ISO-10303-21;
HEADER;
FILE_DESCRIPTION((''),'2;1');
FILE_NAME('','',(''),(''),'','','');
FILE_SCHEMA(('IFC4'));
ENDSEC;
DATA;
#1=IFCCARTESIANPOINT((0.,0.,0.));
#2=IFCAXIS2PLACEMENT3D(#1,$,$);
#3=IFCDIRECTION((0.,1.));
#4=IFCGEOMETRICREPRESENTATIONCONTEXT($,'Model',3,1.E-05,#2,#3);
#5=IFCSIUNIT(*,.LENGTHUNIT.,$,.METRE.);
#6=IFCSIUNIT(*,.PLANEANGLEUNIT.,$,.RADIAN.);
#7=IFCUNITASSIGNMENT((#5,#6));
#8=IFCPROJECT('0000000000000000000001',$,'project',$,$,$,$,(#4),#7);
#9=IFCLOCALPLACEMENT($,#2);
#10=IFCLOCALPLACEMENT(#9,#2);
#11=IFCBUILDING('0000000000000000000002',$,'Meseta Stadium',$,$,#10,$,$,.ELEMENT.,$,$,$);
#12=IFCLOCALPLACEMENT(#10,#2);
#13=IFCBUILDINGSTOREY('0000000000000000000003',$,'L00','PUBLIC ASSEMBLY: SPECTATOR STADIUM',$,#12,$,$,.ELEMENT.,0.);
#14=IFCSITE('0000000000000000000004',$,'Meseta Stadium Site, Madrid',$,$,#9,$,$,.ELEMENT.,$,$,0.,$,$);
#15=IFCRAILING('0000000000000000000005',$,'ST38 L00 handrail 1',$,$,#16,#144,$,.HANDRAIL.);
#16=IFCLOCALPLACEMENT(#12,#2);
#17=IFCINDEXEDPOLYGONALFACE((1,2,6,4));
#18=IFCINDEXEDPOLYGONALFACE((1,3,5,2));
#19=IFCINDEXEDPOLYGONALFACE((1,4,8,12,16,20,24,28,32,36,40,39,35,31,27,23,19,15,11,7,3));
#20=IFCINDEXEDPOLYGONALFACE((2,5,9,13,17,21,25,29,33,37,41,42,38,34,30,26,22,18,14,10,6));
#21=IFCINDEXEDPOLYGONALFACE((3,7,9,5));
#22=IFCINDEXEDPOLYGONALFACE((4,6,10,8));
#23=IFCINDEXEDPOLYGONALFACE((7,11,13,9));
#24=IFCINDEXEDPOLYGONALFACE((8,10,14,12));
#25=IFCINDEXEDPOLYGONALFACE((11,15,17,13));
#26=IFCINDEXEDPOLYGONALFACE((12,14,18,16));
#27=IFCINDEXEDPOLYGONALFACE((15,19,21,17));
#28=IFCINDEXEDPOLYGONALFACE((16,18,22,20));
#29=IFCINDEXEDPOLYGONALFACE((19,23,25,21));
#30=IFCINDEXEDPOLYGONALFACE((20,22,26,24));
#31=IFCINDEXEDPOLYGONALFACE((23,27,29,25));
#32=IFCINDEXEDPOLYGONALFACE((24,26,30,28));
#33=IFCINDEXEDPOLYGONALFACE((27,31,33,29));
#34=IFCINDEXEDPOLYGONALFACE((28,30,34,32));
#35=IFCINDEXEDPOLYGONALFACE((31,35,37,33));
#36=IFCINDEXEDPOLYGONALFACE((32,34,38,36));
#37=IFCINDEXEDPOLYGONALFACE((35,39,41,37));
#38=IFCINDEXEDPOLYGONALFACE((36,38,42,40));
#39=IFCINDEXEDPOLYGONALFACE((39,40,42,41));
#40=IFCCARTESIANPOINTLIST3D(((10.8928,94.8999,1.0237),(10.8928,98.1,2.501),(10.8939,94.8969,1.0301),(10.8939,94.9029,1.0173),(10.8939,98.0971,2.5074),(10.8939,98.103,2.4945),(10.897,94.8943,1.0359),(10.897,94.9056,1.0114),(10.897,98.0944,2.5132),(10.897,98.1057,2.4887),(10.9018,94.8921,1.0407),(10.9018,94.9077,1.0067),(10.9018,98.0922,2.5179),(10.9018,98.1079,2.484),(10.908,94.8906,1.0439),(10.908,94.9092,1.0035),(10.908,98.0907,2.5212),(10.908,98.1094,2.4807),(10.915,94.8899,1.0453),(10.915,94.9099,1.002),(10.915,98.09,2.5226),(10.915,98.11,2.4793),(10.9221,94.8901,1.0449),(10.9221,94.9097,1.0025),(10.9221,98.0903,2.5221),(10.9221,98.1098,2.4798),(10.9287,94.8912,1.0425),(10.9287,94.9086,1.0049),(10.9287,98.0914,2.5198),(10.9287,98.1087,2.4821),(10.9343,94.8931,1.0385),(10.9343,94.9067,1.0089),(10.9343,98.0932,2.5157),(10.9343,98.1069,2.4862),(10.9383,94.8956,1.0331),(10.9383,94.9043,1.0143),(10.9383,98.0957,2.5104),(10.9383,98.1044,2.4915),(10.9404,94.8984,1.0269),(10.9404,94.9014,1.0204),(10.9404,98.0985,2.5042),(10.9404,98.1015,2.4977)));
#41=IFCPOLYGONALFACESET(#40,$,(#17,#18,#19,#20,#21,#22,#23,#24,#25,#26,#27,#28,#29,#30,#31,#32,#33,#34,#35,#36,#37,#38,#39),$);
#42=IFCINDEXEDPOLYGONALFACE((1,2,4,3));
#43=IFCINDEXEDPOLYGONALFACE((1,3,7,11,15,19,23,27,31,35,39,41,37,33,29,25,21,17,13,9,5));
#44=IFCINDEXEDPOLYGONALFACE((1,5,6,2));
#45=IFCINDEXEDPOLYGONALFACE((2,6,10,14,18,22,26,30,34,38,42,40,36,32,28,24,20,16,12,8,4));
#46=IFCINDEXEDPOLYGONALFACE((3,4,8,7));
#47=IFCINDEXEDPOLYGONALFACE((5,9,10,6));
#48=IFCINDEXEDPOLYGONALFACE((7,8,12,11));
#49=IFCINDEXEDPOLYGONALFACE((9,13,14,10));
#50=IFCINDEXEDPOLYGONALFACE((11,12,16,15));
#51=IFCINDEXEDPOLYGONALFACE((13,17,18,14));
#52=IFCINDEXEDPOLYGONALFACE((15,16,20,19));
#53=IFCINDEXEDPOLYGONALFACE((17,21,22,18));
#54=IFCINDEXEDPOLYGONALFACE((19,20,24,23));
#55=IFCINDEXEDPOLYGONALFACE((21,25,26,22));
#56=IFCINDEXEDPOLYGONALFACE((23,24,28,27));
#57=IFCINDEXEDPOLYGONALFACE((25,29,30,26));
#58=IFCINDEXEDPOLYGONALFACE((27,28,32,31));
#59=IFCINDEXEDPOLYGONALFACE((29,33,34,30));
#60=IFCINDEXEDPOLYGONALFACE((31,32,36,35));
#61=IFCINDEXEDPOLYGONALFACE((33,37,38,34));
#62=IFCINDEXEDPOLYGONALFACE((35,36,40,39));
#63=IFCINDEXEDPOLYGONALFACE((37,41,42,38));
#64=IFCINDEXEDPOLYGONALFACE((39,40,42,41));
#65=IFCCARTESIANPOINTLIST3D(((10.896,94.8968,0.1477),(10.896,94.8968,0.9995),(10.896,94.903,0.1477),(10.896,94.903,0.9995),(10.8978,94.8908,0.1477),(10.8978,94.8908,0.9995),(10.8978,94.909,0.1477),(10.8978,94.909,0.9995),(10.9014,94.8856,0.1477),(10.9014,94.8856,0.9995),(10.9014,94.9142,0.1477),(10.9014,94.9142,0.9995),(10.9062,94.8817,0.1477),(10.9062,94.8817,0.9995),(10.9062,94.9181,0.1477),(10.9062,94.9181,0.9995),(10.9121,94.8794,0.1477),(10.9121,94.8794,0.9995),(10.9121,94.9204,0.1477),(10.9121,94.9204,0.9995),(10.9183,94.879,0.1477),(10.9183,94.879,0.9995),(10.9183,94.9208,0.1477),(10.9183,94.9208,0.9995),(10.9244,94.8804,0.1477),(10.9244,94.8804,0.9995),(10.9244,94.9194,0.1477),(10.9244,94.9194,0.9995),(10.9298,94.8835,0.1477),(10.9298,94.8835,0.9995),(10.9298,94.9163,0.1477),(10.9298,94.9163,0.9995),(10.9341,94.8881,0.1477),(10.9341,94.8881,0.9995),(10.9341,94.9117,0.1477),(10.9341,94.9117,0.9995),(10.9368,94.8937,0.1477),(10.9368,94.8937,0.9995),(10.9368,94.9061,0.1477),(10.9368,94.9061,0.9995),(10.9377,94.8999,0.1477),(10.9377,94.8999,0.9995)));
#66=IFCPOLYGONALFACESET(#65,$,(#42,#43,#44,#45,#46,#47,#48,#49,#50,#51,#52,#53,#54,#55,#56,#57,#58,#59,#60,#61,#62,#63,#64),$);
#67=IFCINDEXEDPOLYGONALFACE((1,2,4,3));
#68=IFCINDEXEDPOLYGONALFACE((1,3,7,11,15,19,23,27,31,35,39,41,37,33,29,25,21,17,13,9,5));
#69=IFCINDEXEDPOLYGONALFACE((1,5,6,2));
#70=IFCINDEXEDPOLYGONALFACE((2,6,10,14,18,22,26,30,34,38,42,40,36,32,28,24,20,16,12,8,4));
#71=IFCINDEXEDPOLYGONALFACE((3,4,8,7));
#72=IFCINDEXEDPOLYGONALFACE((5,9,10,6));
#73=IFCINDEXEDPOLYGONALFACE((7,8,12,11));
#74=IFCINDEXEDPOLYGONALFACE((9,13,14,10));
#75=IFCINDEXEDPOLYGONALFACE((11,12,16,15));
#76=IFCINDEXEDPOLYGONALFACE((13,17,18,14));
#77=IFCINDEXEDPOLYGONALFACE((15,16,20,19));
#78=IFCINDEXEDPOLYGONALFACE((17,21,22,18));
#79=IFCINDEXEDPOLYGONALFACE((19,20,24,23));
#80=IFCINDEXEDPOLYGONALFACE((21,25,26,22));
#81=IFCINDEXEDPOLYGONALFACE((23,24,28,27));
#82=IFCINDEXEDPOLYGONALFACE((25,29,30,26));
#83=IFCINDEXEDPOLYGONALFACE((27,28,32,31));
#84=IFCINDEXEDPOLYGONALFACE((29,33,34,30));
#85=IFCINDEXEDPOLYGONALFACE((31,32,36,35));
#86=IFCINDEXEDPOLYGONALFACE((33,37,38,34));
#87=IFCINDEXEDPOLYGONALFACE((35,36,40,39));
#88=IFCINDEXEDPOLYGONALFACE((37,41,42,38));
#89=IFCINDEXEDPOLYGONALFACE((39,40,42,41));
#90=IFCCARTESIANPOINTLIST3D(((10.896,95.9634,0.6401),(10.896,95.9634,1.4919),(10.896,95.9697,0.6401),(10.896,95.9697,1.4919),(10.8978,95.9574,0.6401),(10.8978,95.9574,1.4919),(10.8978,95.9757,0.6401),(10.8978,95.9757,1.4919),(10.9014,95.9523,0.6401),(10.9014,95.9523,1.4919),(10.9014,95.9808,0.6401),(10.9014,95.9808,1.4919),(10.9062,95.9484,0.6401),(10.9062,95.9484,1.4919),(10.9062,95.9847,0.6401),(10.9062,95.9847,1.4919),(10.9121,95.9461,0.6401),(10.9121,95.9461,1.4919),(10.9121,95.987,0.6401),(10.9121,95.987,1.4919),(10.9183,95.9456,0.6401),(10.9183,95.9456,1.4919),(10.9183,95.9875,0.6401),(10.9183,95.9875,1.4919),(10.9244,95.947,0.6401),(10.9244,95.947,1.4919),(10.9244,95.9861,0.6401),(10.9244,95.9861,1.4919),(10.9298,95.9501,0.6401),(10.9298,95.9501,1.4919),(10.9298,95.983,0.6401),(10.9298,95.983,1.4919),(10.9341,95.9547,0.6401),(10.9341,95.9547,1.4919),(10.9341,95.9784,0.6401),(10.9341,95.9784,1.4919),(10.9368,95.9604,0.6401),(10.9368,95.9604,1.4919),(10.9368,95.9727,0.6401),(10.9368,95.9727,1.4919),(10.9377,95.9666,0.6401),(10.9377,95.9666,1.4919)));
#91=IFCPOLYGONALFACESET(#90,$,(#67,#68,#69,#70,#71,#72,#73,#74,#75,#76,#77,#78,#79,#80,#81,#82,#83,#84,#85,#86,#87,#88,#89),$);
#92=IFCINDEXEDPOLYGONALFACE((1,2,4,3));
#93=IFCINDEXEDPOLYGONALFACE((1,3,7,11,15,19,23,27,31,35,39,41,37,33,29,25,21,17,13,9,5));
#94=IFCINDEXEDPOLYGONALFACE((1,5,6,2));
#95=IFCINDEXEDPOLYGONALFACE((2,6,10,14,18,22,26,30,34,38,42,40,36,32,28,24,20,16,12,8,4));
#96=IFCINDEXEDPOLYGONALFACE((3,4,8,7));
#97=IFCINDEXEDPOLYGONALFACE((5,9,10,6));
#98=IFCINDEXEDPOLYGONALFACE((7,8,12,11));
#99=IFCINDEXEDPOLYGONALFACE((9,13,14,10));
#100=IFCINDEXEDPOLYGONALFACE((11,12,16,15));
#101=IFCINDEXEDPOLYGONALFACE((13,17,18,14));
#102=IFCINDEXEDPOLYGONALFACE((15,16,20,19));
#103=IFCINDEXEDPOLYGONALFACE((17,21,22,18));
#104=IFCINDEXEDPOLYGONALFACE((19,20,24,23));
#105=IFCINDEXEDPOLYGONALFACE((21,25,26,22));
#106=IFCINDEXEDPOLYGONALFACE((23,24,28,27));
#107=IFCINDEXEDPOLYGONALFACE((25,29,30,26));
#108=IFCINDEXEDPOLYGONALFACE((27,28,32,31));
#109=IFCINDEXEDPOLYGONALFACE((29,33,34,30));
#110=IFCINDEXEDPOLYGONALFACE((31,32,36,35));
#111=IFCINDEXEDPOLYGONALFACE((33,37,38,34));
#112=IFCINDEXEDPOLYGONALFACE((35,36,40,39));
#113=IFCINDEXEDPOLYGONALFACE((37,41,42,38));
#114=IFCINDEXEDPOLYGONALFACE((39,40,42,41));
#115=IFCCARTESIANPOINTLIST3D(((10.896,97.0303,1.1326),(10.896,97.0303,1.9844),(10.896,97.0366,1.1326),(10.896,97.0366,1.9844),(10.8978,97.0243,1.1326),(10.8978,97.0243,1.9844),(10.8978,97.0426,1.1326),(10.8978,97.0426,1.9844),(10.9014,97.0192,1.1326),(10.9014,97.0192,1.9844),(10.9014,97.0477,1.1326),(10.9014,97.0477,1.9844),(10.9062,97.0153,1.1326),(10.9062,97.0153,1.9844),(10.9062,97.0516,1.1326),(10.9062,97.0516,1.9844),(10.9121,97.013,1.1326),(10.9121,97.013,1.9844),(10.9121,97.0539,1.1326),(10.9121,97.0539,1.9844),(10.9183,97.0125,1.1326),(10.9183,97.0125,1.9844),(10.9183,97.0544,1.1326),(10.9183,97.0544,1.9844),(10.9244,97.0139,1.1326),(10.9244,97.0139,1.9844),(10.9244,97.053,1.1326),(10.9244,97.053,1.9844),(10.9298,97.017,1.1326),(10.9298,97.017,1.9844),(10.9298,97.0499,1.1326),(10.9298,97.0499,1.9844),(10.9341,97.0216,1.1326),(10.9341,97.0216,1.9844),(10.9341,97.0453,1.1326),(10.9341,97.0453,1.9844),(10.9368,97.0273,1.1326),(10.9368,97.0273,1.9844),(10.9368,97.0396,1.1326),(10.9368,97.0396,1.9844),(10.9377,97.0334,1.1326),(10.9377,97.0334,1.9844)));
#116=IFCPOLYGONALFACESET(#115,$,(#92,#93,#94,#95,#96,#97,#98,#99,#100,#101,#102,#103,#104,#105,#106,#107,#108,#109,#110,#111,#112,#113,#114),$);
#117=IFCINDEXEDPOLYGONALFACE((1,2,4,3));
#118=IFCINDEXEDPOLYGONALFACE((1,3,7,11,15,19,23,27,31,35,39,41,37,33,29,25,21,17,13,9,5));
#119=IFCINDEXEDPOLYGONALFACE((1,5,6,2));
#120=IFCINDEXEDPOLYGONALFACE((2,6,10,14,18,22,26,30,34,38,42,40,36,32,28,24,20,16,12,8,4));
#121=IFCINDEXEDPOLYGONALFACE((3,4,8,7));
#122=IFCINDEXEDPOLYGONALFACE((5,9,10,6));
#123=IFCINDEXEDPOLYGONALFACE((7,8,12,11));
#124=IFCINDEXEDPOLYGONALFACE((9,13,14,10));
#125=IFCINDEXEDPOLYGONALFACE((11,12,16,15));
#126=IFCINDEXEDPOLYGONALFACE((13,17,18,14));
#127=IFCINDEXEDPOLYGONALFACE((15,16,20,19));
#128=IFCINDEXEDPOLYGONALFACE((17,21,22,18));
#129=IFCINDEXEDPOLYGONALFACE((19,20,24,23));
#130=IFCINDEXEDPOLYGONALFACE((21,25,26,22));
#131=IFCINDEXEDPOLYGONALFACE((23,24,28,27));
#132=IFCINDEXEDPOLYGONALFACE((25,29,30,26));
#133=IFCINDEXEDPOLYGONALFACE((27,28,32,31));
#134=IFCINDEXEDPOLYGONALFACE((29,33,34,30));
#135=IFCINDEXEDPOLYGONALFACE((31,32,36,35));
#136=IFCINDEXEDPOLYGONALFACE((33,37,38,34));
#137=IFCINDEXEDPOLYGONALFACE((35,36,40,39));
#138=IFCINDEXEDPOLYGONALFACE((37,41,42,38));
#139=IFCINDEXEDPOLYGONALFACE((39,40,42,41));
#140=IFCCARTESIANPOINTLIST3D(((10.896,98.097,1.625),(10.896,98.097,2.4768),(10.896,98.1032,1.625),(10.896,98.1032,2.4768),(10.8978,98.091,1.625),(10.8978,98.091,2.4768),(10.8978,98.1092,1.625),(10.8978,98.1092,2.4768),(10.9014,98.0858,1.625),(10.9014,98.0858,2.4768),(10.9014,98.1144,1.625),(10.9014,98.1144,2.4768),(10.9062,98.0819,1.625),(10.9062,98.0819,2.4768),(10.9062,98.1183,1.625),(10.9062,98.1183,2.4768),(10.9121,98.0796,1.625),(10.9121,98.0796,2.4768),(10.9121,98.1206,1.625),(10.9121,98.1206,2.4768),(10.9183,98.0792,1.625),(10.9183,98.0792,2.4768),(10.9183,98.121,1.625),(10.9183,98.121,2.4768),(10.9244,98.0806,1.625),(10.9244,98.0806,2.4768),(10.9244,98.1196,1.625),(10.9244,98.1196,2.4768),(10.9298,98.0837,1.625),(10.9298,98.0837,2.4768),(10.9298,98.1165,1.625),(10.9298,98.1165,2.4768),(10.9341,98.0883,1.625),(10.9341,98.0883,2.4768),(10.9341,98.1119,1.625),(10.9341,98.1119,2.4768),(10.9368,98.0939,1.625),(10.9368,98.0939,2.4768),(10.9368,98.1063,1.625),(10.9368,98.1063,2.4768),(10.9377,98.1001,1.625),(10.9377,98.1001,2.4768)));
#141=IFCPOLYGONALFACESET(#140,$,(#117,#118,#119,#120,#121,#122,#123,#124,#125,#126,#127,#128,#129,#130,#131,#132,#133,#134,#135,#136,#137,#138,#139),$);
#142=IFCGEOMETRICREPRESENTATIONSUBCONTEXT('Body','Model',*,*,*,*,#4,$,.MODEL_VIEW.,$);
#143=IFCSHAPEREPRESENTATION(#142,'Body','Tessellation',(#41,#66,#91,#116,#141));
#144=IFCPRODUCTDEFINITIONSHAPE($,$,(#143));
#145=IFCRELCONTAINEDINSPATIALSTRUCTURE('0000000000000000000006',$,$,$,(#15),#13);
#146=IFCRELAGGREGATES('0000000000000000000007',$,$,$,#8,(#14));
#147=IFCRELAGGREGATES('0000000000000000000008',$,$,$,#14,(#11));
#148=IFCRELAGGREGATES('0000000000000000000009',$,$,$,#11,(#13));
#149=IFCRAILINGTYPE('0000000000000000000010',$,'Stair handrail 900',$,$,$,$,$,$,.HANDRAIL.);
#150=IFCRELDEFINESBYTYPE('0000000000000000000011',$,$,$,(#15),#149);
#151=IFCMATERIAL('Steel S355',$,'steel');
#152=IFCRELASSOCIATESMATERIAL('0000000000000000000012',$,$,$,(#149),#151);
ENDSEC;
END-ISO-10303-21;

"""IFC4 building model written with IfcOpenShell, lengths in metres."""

from ifc_helpers import new_model, si_unit, direction, frame, origin, origin_2d, place, context, subcontext, project, spatial, circle, extrude, material, type_object, element, save


model = new_model("IFC4")

# Units and contexts
model_context = context("Model", 3, precision=1e-05, world=origin(), true_north=direction((0.0, 1.0)))
body_context = subcontext(model_context, "Body", "Model", "MODEL_VIEW")
ifc_project = project(units=[si_unit("LENGTHUNIT", "METRE"), si_unit("PLANEANGLEUNIT", "RADIAN")], contexts=[model_context])

# Site, building, storey
site_placement = place(None, origin())
site = spatial("IfcSite", under=ifc_project, at=site_placement, Name="Meseta Stadium Site, Madrid", CompositionType="ELEMENT", RefElevation=0.0)
building_placement = place(site_placement, origin())
building = spatial("IfcBuilding", under=site, at=building_placement, Name="Meseta Stadium", CompositionType="ELEMENT")
storey_placement = place(building_placement, origin())
storey = spatial("IfcBuildingStorey", under=building, at=storey_placement, Name="L00", Description="PUBLIC ASSEMBLY: SPECTATOR STADIUM", CompositionType="ELEMENT", Elevation=0.0)

# Railing
ifc_material_1 = material(Name="Steel S355", Category="steel")
railing_type_1 = type_object("IfcRailingType", Name="Stair handrail 900", PredefinedType="HANDRAIL", material=ifc_material_1)
railing_1_placement = place(storey_placement, frame((10.9167, 94.8999, 0.1477)))
element("IfcRailing", 1, at=railing_1_placement, inside=storey, type_object=railing_type_1, Name="ST38 L00 handrail 1", PredefinedType="HANDRAIL", context=body_context, shape_type="SweptSolid", body=[
    extrude(circle(Radius=0.0239, at=origin_2d()), frame((0.0, 0.0, 0.876), z_axis=(0.0, 0.907929, 0.419124), x_axis=(-1.0, 0.0, 0.0)), (0.0, 0.0, 1.0), 3.5247),
    extrude(circle(Radius=0.021, at=origin_2d()), origin(), (0.0, 0.0, 1.0), 0.8518),
    extrude(circle(Radius=0.021, at=origin_2d()), frame((0.0, 1.0667, 0.4924)), (0.0, 0.0, 1.0), 0.8518),
    extrude(circle(Radius=0.021, at=origin_2d()), frame((0.0, 2.1335, 0.9849)), (0.0, 0.0, 1.0), 0.8518),
    extrude(circle(Radius=0.021, at=origin_2d()), frame((0.0, 3.2002, 1.4773)), (0.0, 0.0, 1.0), 0.8518),
])

save(model, "model.ifc")
